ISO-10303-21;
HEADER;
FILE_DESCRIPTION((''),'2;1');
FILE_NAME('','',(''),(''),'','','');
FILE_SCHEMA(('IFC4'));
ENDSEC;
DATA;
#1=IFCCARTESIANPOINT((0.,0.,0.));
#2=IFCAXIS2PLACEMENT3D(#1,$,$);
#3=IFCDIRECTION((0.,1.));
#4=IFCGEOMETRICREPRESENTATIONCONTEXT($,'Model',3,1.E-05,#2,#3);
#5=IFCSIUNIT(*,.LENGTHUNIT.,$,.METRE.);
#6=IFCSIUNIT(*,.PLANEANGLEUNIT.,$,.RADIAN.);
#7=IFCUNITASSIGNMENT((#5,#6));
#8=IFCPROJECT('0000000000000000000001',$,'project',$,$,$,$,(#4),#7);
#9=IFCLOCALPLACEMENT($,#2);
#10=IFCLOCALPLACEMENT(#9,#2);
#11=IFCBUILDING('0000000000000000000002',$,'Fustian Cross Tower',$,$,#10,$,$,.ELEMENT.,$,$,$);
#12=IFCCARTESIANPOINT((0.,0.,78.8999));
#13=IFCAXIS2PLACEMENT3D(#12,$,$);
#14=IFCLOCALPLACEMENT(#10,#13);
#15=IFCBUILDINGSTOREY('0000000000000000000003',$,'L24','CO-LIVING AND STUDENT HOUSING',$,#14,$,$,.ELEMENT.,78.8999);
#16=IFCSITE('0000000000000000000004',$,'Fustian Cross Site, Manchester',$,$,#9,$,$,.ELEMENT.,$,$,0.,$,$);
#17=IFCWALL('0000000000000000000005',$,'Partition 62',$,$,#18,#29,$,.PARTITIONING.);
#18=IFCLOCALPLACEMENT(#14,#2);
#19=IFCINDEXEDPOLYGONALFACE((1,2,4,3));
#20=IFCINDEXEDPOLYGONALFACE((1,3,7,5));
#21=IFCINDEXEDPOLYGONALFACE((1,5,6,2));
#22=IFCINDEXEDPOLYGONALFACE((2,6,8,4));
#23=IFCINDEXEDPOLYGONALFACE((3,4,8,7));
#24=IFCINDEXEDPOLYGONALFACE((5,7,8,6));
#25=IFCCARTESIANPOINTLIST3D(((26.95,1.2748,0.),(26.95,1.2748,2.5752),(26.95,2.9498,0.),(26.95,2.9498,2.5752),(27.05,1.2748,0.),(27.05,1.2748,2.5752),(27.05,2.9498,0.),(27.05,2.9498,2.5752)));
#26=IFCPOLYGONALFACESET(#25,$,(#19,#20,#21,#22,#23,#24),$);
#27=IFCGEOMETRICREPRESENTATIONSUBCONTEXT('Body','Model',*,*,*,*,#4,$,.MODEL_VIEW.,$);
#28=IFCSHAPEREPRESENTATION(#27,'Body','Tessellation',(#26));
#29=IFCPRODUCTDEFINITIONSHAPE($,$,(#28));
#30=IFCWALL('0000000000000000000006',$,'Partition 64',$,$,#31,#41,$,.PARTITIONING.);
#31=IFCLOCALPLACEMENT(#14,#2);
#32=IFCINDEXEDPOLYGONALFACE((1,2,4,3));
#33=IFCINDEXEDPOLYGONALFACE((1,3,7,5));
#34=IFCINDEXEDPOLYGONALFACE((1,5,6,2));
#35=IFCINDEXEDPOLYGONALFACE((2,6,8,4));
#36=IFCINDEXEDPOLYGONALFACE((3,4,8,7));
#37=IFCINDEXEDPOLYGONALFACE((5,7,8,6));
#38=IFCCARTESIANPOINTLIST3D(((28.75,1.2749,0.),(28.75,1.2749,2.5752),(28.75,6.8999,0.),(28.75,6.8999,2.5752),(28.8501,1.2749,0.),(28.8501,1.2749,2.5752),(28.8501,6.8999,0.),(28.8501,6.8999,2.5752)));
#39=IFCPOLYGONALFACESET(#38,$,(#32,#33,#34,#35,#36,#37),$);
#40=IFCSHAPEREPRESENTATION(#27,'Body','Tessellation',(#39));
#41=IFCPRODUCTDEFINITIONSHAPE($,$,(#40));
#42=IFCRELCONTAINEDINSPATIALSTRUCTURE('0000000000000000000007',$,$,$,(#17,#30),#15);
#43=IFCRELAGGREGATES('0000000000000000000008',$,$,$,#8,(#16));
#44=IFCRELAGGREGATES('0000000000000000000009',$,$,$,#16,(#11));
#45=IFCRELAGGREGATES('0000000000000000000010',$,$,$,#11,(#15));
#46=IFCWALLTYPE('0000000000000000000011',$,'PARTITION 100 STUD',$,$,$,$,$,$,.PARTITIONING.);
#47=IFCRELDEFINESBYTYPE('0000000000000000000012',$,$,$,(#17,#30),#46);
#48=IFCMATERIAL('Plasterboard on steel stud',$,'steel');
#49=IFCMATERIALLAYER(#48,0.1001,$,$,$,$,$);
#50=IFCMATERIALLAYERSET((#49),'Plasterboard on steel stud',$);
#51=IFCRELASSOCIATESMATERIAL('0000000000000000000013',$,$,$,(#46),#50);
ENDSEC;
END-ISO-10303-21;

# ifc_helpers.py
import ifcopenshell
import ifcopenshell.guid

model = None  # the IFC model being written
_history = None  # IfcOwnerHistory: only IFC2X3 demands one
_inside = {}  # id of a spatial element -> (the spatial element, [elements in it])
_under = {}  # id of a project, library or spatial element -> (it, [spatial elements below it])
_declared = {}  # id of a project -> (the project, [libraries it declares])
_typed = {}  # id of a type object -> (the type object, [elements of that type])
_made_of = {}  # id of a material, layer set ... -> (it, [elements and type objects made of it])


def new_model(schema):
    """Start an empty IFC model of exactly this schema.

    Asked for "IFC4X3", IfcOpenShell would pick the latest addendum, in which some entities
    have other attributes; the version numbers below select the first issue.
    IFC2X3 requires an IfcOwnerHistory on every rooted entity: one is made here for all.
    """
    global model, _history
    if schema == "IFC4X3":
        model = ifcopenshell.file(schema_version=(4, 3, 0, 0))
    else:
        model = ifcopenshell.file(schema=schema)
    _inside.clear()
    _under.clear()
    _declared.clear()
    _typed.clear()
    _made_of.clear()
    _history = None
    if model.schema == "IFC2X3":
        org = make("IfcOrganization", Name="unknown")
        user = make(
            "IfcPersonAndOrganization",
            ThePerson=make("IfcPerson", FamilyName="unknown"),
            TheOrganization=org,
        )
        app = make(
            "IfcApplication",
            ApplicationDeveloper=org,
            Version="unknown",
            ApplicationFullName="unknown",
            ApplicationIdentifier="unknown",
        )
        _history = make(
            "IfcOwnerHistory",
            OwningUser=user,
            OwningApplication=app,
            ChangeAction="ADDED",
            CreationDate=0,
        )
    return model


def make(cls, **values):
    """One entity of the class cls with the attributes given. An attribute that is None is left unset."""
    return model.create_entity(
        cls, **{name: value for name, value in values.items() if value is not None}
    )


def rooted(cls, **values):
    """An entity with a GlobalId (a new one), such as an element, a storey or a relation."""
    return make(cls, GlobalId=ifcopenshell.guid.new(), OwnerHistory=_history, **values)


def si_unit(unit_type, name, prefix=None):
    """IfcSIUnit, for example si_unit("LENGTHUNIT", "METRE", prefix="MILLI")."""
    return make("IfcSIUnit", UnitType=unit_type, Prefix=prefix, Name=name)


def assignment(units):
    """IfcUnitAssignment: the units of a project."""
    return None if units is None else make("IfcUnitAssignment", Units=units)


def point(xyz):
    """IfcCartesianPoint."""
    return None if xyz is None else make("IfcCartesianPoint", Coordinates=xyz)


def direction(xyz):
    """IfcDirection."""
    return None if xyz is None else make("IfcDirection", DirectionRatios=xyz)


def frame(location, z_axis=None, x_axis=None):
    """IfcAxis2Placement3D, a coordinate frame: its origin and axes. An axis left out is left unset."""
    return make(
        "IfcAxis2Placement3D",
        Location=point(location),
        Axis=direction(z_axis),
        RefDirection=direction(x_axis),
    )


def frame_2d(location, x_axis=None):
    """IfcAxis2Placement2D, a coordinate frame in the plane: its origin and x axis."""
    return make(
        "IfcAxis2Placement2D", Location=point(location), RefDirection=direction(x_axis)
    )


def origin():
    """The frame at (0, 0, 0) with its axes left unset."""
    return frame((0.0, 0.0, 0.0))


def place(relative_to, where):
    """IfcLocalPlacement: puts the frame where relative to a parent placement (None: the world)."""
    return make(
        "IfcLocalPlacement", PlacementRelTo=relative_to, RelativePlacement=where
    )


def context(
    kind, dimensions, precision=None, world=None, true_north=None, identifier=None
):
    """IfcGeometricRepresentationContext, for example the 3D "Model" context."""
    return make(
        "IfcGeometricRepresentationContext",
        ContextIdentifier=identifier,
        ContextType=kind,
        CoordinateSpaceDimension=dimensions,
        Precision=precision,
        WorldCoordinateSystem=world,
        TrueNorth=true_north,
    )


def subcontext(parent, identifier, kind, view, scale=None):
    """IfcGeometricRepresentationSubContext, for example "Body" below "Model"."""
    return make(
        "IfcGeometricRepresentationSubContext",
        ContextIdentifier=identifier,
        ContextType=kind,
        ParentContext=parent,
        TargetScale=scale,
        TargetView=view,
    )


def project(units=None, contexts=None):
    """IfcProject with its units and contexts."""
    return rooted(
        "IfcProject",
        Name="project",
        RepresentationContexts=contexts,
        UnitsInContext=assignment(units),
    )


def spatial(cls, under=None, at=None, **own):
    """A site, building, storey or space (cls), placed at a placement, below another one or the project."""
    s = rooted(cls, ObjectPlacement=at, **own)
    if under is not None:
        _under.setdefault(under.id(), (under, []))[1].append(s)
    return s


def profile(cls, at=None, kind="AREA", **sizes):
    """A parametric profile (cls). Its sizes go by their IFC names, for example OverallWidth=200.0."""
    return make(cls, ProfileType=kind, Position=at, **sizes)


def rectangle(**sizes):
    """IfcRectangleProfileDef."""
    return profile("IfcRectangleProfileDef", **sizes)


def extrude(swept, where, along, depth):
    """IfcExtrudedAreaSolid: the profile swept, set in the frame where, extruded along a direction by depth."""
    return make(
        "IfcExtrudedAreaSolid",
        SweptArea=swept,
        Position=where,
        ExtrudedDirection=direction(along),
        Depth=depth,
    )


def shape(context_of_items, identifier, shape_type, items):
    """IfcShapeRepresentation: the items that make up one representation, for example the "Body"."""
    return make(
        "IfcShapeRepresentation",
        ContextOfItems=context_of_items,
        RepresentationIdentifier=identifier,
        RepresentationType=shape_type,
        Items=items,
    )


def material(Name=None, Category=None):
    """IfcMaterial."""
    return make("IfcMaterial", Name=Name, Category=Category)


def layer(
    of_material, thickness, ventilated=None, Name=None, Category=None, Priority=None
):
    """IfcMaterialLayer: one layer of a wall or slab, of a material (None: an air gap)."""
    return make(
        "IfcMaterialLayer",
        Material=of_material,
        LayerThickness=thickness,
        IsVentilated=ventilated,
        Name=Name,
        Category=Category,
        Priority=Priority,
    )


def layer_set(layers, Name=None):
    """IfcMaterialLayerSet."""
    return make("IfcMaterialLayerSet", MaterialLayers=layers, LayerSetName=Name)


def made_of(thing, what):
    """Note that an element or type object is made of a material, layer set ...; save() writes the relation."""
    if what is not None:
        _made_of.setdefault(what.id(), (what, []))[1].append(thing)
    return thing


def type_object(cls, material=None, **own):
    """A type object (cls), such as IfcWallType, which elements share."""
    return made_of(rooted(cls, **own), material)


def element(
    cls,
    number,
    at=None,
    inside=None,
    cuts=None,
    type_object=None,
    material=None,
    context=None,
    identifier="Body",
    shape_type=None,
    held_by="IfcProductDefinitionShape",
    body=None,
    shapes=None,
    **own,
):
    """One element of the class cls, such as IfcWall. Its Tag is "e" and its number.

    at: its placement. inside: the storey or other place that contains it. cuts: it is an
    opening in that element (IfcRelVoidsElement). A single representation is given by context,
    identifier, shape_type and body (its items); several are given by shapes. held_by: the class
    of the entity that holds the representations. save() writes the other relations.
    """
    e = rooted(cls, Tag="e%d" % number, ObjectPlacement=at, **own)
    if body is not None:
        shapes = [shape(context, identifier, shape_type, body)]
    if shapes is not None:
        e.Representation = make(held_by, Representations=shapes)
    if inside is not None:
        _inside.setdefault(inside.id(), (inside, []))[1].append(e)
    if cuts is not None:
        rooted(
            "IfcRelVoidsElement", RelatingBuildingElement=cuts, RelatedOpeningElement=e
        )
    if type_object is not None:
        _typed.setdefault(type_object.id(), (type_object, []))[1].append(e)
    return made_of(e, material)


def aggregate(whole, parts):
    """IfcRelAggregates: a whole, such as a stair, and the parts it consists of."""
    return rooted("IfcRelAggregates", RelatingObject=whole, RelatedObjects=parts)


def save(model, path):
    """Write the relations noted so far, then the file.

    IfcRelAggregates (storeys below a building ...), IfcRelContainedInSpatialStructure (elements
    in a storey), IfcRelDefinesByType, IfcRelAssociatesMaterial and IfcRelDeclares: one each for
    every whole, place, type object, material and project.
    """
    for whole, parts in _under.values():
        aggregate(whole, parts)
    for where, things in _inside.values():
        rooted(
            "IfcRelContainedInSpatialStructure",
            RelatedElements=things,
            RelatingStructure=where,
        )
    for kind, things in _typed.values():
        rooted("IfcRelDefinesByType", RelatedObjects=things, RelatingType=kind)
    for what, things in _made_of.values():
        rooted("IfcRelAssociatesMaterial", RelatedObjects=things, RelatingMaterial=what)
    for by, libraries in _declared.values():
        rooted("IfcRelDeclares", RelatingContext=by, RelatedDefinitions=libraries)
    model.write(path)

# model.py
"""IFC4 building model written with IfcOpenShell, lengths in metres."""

from ifc_helpers import new_model, si_unit, direction, frame, frame_2d, origin, place, context, subcontext, project, spatial, rectangle, extrude, material, layer, layer_set, type_object, element, save


model = new_model("IFC4")

# Units and contexts
model_context = context("Model", 3, precision=1e-05, world=origin(), true_north=direction((0.0, 1.0)))
body_context = subcontext(model_context, "Body", "Model", "MODEL_VIEW")
ifc_project = project(units=[si_unit("LENGTHUNIT", "METRE"), si_unit("PLANEANGLEUNIT", "RADIAN")], contexts=[model_context])

# Site, building, storey
site_placement = place(None, origin())
site = spatial("IfcSite", under=ifc_project, at=site_placement, Name="Fustian Cross Site, Manchester", CompositionType="ELEMENT", RefElevation=0.0)
building_placement = place(site_placement, origin())
building = spatial("IfcBuilding", under=site, at=building_placement, Name="Fustian Cross Tower", CompositionType="ELEMENT")
storey_placement = place(building_placement, frame((0.0, 0.0, 78.8999)))
storey = spatial("IfcBuildingStorey", under=building, at=storey_placement, Name="L24", Description="CO-LIVING AND STUDENT HOUSING", CompositionType="ELEMENT", Elevation=78.8999)

# Shared definitions
ifc_material_1 = material(Name="Plasterboard on steel stud", Category="steel")
ifc_layer_1 = layer(ifc_material_1, 0.1001)
ifc_layer_set_1 = layer_set([ifc_layer_1], Name="Plasterboard on steel stud")
wall_type_1 = type_object("IfcWallType", Name="PARTITION 100 STUD", PredefinedType="PARTITIONING", material=ifc_layer_set_1)

# Walls
wall_1_placement = place(storey_placement, frame((27.0, 1.2749, 0.0), z_axis=(0.0, 0.0, 1.0), x_axis=(0.0, 1.0, 0.0)))
element("IfcWall", 1, at=wall_1_placement, inside=storey, type_object=wall_type_1, Name="Partition 62", PredefinedType="PARTITIONING", context=body_context, shape_type="SweptSolid", body=[
    extrude(rectangle(XDim=1.675, YDim=0.1001, at=frame_2d((0.8374, 0.0))), origin(), (0.0, 0.0, 1.0), 2.5752),
])
wall_2_placement = place(storey_placement, frame((28.8, 1.2749, 0.0), z_axis=(0.0, 0.0, 1.0), x_axis=(0.0, 1.0, 0.0)))
element("IfcWall", 2, at=wall_2_placement, inside=storey, type_object=wall_type_1, Name="Partition 64", PredefinedType="PARTITIONING", context=body_context, shape_type="SweptSolid", body=[
    extrude(rectangle(XDim=5.625, YDim=0.1001, at=frame_2d((2.8125, 0.0))), origin(), (0.0, 0.0, 1.0), 2.5752),
])

save(model, "model.ifc")
